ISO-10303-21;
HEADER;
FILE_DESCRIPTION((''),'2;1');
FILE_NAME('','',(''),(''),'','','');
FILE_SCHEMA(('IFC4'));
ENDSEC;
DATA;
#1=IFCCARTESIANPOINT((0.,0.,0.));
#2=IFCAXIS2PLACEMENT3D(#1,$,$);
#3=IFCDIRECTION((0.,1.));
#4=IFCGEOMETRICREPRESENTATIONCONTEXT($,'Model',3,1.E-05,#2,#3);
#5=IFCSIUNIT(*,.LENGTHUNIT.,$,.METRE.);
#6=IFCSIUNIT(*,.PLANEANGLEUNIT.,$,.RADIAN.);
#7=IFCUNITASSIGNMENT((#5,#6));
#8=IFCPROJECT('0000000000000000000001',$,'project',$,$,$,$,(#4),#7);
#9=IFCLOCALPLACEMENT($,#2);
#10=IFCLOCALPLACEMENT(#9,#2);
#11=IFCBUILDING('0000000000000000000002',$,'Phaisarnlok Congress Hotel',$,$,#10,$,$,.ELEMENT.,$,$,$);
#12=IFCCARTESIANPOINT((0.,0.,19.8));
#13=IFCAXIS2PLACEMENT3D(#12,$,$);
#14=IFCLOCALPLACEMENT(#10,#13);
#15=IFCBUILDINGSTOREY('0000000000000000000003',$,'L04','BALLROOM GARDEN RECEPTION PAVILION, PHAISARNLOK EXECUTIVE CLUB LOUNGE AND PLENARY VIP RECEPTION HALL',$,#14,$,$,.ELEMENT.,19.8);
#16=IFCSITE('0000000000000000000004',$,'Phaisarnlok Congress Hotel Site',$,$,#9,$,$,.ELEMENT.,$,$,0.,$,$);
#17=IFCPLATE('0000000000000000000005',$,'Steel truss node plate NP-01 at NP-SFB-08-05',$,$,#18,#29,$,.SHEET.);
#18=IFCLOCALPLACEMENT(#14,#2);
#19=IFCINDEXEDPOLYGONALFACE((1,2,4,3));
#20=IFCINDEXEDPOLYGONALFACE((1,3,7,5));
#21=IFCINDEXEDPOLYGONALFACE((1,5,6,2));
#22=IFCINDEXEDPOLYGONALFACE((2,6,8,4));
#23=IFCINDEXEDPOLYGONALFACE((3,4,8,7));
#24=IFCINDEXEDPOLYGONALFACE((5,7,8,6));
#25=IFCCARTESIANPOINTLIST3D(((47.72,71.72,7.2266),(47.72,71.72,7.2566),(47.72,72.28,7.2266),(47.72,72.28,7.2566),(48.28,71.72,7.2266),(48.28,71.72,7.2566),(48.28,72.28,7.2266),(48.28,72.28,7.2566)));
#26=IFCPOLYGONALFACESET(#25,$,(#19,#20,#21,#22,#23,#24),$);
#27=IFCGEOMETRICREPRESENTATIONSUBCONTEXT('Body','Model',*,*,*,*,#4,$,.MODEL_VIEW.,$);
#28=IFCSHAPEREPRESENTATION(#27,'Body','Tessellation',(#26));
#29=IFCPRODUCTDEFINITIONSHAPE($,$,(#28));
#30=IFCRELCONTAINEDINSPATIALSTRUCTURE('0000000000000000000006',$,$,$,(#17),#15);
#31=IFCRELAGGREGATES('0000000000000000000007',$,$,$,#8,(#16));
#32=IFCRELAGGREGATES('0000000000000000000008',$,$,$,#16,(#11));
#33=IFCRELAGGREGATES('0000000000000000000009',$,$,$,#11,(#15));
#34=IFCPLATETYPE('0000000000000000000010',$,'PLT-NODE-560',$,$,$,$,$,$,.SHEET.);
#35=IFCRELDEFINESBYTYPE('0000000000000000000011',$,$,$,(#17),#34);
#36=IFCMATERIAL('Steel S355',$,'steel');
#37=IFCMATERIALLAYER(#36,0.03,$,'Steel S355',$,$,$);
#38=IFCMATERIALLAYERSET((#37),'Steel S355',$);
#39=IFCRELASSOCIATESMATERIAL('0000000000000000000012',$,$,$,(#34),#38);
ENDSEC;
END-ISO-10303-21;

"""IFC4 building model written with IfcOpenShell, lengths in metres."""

from ifc_helpers import new_model, si_unit, direction, frame, origin, origin_2d, place, context, subcontext, project, spatial, rectangle, extrude, material, layer, layer_set, type_object, element, save


model = new_model("IFC4")

# Units and contexts
model_context = context("Model", 3, precision=1e-05, world=origin(), true_north=direction((0.0, 1.0)))
body_context = subcontext(model_context, "Body", "Model", "MODEL_VIEW")
ifc_project = project(units=[si_unit("LENGTHUNIT", "METRE"), si_unit("PLANEANGLEUNIT", "RADIAN")], contexts=[model_context])

# Site, building, storey
site_placement = place(None, origin())
site = spatial("IfcSite", under=ifc_project, at=site_placement, Name="Phaisarnlok Congress Hotel Site", CompositionType="ELEMENT", RefElevation=0.0)
building_placement = place(site_placement, origin())
building = spatial("IfcBuilding", under=site, at=building_placement, Name="Phaisarnlok Congress Hotel", CompositionType="ELEMENT")
storey_placement = place(building_placement, frame((0.0, 0.0, 19.8)))
storey = spatial("IfcBuildingStorey", under=building, at=storey_placement, Name="L04", Description="BALLROOM GARDEN RECEPTION PAVILION, PHAISARNLOK EXECUTIVE CLUB LOUNGE AND PLENARY VIP RECEPTION HALL", CompositionType="ELEMENT", Elevation=19.8)

# Shared definitions
ifc_material = material(Name="Steel S355", Category="steel")

# Plate
ifc_layer_1 = layer(ifc_material, 0.03, Name="Steel S355")
ifc_layer_set_1 = layer_set([ifc_layer_1], Name="Steel S355")
plate_type_1 = type_object("IfcPlateType", Name="PLT-NODE-560", PredefinedType="SHEET", material=ifc_layer_set_1)
for number, where, z_axis, x_axis, name in (
    (1, (48.0, 72.0, 7.2266), (0.0, 0.0, 1.0), (1.0, 0.0, 0.0), "Steel truss node plate NP-01 at NP-SFB-08-05"),
):
    element("IfcPlate", number, at=place(storey_placement, frame(where, z_axis=z_axis, x_axis=x_axis)), inside=storey, type_object=plate_type_1, Name=name, PredefinedType="SHEET", context=body_context, shape_type="SweptSolid", body=[
        extrude(rectangle(XDim=0.5601, YDim=0.5601, at=origin_2d()), origin(), (0.0, 0.0, 1.0), 0.03),
    ])

save(model, "model.ifc")
